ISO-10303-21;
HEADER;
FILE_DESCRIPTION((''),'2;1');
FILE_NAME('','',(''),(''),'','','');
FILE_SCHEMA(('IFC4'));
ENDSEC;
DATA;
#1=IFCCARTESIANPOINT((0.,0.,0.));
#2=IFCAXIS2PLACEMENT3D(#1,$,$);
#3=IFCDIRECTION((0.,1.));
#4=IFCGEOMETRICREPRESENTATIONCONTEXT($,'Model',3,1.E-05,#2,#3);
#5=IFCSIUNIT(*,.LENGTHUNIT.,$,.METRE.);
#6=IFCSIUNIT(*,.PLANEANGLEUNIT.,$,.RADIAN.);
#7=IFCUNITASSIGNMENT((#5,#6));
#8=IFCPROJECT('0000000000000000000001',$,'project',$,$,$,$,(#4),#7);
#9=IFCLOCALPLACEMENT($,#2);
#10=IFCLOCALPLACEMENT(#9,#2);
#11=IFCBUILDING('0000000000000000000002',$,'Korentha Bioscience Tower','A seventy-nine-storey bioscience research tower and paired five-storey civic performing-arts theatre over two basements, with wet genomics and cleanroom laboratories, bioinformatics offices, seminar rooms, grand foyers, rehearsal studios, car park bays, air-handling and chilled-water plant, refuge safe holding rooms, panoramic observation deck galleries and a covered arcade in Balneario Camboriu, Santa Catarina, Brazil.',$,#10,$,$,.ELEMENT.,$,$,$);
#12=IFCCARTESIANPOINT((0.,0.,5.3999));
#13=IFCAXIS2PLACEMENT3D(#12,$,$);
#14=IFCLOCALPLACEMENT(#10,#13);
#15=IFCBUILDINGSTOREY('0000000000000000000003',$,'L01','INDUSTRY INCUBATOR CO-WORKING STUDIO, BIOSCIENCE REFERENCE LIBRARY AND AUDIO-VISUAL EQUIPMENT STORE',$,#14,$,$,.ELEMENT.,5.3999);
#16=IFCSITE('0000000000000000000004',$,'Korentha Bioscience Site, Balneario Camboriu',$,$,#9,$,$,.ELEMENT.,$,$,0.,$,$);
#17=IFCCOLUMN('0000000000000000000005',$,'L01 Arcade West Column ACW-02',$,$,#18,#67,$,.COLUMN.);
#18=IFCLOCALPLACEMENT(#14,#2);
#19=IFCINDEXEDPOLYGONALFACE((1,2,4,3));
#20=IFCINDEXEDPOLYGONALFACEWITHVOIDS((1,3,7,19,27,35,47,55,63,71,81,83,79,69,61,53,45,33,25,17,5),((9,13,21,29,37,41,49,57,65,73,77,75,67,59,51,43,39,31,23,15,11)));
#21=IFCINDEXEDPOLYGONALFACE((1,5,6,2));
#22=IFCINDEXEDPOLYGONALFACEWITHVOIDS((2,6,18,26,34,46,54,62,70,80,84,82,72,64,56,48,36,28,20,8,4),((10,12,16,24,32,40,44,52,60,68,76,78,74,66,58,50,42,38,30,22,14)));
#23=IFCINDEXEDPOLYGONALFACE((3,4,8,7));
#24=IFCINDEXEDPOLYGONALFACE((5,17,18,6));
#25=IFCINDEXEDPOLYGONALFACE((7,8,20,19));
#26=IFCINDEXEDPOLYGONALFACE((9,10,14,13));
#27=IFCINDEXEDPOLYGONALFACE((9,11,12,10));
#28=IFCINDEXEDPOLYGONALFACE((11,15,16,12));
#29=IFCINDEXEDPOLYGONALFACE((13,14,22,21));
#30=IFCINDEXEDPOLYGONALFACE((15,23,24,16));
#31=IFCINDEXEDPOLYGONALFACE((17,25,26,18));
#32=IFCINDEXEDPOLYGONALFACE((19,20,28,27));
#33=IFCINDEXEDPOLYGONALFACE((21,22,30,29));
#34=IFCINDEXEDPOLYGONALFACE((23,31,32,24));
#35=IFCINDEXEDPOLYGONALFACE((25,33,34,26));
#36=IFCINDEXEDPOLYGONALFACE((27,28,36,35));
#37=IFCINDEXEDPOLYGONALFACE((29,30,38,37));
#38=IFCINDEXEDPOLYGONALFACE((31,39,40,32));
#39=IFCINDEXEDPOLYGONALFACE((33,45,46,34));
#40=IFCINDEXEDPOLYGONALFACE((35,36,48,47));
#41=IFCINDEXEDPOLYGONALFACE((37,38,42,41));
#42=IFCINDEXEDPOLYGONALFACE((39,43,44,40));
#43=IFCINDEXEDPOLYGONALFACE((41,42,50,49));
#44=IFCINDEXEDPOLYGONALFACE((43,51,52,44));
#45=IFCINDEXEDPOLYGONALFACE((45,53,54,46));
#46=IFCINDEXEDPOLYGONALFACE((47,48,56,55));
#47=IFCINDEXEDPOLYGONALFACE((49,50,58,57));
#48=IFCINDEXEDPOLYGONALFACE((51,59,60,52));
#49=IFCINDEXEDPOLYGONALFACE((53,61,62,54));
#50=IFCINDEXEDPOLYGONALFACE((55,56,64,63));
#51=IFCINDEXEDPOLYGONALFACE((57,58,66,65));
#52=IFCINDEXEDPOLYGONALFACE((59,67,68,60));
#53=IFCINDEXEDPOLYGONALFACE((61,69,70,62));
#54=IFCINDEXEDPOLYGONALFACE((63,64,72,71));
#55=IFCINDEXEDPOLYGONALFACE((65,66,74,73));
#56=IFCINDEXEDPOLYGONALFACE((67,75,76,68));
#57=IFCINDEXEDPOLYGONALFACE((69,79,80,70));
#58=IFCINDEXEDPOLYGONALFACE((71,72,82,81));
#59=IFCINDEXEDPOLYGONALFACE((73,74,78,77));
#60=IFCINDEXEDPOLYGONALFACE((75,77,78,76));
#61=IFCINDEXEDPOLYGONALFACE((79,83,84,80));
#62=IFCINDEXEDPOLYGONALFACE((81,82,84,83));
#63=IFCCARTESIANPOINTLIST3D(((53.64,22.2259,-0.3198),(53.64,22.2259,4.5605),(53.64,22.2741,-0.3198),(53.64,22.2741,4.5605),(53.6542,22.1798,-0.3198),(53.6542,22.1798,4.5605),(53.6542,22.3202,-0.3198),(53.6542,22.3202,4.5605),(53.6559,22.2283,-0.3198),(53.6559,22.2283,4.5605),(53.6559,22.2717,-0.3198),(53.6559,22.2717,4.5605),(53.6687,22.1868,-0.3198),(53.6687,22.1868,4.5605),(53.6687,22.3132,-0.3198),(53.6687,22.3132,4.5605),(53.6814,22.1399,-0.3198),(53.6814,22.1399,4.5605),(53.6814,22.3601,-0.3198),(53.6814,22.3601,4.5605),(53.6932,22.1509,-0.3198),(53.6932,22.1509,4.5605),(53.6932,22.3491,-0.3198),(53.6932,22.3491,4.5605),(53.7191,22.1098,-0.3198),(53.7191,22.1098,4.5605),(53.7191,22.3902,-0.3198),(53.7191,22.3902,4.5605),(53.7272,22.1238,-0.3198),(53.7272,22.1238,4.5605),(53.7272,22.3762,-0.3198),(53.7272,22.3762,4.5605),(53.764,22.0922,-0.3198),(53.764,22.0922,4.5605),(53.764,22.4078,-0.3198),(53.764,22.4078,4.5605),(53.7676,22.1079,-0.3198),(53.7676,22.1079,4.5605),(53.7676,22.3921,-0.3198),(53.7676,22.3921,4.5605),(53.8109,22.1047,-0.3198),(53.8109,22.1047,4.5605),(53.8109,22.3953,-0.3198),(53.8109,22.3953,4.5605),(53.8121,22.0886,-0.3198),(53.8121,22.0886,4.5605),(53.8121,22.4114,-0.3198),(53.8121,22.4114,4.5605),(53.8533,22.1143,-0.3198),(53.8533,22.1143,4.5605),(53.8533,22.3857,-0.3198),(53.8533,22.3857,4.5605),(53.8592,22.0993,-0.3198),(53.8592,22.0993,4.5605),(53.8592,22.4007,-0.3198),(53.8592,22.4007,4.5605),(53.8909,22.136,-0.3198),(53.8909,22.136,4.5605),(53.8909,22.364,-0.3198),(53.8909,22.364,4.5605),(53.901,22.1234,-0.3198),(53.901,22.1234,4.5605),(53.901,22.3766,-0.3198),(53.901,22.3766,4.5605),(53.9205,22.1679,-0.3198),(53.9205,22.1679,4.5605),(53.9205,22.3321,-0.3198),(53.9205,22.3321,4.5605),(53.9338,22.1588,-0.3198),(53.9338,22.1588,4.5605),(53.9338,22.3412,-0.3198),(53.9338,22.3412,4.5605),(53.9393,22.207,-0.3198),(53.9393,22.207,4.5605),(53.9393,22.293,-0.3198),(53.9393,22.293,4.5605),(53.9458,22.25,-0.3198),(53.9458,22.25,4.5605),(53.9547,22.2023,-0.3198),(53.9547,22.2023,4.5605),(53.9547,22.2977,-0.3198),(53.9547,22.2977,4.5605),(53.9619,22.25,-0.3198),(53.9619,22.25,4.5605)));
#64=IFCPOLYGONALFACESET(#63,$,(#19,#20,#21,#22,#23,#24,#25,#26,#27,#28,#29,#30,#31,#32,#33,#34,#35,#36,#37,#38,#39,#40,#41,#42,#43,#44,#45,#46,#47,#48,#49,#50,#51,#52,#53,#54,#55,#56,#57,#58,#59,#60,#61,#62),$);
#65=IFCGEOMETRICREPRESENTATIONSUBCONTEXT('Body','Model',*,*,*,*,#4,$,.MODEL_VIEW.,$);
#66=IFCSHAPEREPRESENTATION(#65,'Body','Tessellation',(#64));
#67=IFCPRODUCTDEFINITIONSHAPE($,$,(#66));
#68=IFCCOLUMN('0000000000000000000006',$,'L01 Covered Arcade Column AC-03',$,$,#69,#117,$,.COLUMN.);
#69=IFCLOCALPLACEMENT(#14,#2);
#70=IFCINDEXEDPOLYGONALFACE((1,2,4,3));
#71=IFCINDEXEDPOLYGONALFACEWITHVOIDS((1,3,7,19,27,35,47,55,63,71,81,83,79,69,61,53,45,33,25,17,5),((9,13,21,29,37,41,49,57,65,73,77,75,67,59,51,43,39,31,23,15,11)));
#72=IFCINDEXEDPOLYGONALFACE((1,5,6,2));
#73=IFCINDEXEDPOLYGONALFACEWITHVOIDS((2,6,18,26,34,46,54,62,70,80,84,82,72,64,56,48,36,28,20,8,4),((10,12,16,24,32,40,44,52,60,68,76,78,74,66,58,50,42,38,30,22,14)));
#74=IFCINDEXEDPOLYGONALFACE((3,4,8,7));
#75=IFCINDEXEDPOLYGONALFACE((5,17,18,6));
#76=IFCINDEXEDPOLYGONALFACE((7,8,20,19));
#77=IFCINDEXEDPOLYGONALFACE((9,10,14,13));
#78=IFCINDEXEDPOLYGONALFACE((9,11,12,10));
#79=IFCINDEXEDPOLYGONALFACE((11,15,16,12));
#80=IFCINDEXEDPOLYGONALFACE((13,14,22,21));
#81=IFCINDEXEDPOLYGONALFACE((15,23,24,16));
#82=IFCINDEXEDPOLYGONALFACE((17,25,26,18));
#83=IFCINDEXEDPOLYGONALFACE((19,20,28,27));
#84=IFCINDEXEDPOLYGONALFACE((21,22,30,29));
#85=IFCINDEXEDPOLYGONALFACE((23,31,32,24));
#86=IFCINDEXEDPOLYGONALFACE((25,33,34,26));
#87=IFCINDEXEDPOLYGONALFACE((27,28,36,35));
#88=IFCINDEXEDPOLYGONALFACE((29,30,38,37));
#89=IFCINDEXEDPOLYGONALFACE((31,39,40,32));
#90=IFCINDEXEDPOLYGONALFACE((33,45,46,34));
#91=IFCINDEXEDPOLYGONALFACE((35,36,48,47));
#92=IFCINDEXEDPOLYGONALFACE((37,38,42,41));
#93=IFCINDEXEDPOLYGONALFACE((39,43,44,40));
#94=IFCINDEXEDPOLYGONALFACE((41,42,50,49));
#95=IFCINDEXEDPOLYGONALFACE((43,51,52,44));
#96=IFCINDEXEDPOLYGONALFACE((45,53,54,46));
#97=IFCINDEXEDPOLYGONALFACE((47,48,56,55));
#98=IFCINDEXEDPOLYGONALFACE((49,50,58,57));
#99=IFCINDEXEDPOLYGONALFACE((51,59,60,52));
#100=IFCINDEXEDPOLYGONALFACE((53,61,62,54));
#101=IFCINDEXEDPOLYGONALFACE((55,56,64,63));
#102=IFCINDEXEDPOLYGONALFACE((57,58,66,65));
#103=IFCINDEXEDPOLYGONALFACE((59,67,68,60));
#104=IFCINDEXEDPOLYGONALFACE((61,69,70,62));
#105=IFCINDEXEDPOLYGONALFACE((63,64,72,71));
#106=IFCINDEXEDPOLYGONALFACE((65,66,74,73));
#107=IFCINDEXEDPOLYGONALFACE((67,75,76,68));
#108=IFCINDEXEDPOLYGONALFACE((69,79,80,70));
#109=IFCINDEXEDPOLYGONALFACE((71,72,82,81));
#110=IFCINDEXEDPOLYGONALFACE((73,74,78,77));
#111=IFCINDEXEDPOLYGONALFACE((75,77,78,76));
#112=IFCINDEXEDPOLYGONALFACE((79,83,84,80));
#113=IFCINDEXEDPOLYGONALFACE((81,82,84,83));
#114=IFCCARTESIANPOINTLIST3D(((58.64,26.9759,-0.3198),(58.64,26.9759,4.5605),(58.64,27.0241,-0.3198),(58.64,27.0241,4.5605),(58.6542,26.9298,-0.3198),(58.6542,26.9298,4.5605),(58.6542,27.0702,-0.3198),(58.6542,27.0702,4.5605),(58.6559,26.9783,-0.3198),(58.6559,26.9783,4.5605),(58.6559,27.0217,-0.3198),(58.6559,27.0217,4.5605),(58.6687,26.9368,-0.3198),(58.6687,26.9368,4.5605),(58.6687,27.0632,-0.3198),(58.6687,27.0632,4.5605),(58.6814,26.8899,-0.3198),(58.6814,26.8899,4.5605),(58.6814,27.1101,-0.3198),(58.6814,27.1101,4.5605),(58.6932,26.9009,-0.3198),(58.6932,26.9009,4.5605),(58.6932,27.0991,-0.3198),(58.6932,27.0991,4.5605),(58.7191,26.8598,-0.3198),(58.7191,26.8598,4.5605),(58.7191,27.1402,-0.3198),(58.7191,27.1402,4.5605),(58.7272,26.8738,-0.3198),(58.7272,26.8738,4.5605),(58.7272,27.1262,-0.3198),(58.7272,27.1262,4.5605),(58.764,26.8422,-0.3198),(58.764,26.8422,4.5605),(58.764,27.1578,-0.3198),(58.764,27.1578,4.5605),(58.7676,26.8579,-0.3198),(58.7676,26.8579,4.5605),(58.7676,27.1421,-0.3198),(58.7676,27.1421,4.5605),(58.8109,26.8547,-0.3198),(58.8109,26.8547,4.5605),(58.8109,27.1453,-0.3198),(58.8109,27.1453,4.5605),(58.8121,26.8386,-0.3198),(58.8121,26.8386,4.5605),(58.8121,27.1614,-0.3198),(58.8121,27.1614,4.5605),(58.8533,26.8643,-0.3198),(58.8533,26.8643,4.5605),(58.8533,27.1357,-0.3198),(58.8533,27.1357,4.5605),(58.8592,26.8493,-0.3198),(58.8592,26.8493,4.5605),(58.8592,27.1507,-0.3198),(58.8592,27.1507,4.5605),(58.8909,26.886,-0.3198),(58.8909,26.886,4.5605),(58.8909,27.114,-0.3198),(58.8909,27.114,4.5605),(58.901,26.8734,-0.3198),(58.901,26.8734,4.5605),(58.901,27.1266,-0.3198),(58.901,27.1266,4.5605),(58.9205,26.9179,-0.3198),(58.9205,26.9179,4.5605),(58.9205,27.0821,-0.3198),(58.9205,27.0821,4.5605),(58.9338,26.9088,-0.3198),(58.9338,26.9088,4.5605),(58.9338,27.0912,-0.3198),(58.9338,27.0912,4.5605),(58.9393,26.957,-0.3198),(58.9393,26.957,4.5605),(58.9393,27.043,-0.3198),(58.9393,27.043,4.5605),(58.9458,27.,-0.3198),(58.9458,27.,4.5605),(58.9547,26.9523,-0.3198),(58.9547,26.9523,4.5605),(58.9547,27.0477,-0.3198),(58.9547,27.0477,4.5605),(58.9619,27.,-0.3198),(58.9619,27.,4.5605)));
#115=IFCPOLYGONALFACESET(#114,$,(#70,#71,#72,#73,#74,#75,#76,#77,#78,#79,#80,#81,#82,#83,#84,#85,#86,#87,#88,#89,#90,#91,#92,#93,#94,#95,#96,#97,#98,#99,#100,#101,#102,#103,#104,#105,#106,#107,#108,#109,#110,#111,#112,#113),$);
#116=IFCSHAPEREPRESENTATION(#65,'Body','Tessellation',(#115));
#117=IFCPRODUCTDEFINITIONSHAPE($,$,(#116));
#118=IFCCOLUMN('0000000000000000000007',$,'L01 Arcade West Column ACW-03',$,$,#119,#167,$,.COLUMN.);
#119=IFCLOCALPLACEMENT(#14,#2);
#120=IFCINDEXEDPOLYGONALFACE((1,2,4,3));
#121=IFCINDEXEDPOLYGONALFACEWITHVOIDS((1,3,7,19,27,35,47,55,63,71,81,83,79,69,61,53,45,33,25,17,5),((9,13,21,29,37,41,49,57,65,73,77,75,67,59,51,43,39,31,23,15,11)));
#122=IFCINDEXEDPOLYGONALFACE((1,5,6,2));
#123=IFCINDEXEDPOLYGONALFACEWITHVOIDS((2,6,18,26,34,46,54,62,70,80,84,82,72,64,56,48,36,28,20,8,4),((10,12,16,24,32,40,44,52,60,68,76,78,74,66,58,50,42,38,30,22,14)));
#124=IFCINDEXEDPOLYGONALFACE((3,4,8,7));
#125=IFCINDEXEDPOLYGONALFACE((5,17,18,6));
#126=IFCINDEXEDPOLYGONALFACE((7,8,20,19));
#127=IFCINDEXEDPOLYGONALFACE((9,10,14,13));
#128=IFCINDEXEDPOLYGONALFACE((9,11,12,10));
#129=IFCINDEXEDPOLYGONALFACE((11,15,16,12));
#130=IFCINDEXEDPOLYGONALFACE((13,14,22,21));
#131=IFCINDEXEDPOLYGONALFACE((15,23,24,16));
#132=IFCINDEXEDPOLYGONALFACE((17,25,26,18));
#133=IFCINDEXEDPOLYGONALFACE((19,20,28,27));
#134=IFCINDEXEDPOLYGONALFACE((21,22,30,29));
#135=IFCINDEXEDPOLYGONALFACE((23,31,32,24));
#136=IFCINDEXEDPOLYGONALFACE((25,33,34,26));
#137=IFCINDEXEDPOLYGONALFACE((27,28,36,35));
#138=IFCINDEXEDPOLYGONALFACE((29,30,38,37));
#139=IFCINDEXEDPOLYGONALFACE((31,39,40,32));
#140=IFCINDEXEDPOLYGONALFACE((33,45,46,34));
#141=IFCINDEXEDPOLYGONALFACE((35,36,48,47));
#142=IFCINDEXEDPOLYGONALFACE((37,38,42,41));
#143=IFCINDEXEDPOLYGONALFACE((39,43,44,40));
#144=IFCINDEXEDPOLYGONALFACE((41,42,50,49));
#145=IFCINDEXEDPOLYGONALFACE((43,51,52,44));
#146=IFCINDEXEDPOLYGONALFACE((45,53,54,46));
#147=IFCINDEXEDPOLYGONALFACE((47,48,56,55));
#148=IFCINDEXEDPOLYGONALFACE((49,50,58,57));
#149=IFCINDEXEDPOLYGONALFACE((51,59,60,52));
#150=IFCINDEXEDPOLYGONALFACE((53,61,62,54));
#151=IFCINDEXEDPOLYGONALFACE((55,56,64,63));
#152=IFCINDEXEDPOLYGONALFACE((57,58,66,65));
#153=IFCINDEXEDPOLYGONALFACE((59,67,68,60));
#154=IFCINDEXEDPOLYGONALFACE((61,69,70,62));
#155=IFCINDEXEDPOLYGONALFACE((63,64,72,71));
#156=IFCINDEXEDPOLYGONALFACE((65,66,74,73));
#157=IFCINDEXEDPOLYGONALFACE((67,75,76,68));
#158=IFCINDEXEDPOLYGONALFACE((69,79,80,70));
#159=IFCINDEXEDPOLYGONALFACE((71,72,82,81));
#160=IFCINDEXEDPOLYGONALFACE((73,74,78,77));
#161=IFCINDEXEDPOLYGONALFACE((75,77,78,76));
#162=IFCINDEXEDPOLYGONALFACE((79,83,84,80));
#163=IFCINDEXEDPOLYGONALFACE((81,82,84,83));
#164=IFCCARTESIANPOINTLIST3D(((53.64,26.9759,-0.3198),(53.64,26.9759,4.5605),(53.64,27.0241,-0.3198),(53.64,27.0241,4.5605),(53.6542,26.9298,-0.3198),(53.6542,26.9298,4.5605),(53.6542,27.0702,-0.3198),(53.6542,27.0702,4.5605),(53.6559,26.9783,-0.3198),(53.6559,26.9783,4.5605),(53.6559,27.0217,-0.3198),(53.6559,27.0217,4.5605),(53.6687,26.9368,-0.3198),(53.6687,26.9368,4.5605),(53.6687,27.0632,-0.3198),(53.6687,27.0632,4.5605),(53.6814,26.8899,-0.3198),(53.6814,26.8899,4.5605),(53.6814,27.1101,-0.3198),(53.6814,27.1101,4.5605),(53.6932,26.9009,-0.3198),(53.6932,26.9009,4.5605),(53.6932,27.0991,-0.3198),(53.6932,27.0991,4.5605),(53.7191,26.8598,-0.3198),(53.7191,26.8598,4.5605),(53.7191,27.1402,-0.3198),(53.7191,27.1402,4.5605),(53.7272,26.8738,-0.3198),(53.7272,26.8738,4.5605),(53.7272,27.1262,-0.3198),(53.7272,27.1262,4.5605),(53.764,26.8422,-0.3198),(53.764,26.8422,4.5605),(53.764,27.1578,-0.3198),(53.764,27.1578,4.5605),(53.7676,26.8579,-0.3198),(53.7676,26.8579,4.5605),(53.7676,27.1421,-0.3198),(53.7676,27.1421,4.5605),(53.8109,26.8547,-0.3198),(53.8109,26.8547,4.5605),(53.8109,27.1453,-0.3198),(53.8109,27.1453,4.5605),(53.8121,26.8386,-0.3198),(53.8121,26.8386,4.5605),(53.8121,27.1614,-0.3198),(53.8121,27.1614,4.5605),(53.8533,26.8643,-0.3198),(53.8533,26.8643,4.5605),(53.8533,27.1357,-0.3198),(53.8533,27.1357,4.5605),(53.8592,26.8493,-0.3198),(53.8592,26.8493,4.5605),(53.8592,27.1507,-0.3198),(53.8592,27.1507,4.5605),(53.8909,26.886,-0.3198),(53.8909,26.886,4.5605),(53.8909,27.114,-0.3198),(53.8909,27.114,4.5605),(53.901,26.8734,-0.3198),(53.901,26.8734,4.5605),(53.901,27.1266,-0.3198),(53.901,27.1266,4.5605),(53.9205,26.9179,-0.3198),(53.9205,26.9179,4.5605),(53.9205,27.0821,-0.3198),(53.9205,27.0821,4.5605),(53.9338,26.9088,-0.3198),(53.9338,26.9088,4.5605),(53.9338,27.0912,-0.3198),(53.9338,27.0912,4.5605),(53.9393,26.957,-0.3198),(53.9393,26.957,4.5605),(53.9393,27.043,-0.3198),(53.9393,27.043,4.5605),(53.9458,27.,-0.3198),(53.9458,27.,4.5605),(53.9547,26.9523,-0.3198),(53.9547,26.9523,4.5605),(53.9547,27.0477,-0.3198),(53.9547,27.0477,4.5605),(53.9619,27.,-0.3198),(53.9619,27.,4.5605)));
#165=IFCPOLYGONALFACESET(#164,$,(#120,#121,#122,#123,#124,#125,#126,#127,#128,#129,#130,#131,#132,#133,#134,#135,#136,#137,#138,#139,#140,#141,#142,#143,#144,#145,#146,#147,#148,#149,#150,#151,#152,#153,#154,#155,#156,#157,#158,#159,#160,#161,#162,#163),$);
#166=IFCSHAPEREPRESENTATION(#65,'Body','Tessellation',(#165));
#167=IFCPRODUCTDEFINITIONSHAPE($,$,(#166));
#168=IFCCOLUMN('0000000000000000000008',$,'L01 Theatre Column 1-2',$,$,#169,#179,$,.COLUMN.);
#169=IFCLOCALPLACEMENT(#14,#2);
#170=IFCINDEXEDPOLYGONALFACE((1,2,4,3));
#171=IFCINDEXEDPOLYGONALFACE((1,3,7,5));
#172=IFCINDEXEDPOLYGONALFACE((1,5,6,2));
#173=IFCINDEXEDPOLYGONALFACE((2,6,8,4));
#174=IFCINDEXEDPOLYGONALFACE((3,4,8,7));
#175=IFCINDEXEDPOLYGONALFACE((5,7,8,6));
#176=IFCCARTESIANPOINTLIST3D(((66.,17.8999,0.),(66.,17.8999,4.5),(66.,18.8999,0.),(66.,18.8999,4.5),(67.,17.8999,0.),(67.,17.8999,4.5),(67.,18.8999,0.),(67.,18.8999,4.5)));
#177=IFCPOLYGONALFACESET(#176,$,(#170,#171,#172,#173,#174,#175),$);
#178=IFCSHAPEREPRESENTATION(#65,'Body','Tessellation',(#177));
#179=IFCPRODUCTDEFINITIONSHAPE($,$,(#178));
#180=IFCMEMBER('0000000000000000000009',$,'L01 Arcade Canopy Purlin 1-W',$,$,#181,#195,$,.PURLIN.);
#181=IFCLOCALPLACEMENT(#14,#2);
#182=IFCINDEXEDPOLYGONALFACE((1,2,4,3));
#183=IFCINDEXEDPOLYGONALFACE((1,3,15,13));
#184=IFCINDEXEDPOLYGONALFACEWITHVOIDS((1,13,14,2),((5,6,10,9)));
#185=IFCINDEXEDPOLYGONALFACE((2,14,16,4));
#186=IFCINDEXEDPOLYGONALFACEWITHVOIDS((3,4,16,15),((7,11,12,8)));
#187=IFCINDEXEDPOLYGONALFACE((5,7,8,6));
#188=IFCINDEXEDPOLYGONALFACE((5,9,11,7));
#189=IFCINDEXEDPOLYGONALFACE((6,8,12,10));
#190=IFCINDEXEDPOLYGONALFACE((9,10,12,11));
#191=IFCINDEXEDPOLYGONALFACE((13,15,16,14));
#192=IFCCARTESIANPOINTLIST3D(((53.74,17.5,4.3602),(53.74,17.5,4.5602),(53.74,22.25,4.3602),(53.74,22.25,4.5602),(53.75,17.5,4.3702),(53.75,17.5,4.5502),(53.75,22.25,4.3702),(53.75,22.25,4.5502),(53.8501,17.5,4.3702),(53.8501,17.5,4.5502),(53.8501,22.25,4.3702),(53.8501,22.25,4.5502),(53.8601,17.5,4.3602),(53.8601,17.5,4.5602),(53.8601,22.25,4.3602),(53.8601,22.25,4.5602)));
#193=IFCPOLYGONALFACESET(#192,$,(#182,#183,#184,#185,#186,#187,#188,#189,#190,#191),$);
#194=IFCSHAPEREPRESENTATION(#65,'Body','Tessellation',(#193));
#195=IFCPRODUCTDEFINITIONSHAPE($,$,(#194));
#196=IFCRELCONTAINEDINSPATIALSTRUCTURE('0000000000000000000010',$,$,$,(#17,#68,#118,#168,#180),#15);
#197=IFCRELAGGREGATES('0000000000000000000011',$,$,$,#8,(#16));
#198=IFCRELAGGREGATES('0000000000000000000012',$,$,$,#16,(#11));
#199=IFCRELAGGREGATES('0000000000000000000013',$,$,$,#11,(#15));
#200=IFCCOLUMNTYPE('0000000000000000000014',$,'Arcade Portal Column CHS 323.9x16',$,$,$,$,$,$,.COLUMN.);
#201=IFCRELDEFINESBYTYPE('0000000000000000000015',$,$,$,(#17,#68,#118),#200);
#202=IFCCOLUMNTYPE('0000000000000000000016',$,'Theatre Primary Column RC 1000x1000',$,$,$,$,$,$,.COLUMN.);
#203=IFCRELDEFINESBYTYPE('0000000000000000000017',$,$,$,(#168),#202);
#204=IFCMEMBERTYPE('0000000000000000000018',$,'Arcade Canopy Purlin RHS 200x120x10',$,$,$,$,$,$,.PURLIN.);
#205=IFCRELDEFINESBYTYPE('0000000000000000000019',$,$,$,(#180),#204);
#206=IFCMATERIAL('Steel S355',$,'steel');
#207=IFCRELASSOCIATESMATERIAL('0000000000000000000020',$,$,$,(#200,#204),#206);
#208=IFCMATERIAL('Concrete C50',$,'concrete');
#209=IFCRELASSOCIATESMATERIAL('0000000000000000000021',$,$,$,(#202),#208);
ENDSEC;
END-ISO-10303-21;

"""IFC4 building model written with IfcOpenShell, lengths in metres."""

from ifc_helpers import new_model, si_unit, direction, frame, origin, origin_2d, place, context, subcontext, project, spatial, rectangle, hollow_rectangle, hollow_circle, extrude, material, material_profile, profile_set, type_object, element, save


model = new_model("IFC4")

# Units and contexts
model_context = context("Model", 3, precision=1e-05, world=origin(), true_north=direction((0.0, 1.0)))
body_context = subcontext(model_context, "Body", "Model", "MODEL_VIEW")
ifc_project = project(units=[si_unit("LENGTHUNIT", "METRE"), si_unit("PLANEANGLEUNIT", "RADIAN")], contexts=[model_context])

# Site, building, storey
site_placement = place(None, origin())
site = spatial("IfcSite", under=ifc_project, at=site_placement, Name="Korentha Bioscience Site, Balneario Camboriu", CompositionType="ELEMENT", RefElevation=0.0)
building_placement = place(site_placement, origin())
building = spatial("IfcBuilding", under=site, at=building_placement, Name="Korentha Bioscience Tower", Description="A seventy-nine-storey bioscience research tower and paired five-storey civic performing-arts theatre over two basements, with wet genomics and cleanroom laboratories, bioinformatics offices, seminar rooms, grand foyers, rehearsal studios, car park bays, air-handling and chilled-water plant, refuge safe holding rooms, panoramic observation deck galleries and a covered arcade in Balneario Camboriu, Santa Catarina, Brazil.", CompositionType="ELEMENT")
storey_placement = place(building_placement, frame((0.0, 0.0, 5.3999)))
storey = spatial("IfcBuildingStorey", under=building, at=storey_placement, Name="L01", Description="INDUSTRY INCUBATOR CO-WORKING STUDIO, BIOSCIENCE REFERENCE LIBRARY AND AUDIO-VISUAL EQUIPMENT STORE", CompositionType="ELEMENT", Elevation=5.3999)

# Columns
ifc_material_1 = material(Name="Steel S355", Category="steel")
ifc_material_profile_1 = material_profile(ifc_material_1, hollow_circle(Radius=0.1619, WallThickness=0.0161, at=origin_2d()), Name="Steel S355")
ifc_profile_set_1 = profile_set([ifc_material_profile_1], Name="Steel S355 (AC-01)")
column_type_1 = type_object("IfcColumnType", Name="Arcade Portal Column CHS 323.9x16", PredefinedType="COLUMN", material=ifc_profile_set_1)
for number, where, z_axis, x_axis, name in (
    (1, (53.8, 22.25, -0.3198), (0.0, 0.0, 1.0), (1.0, 0.0, 0.0), "L01 Arcade West Column ACW-02"),
    (2, (58.8, 27.0, -0.3198), (0.0, 0.0, 1.0), (1.0, 0.0, 0.0), "L01 Covered Arcade Column AC-03"),
    (3, (53.8, 27.0, -0.3198), (0.0, 0.0, 1.0), (1.0, 0.0, 0.0), "L01 Arcade West Column ACW-03"),
):
    element("IfcColumn", number, at=place(storey_placement, frame(where, z_axis=z_axis, x_axis=x_axis)), inside=storey, type_object=column_type_1, Name=name, PredefinedType="COLUMN", context=body_context, shape_type="SweptSolid", body=[
        extrude(hollow_circle(Radius=0.1619, WallThickness=0.0161, at=origin_2d()), origin(), (0.0, 0.0, 1.0), 4.8804),
    ])
ifc_material_2 = material(Name="Concrete C50", Category="concrete")
ifc_material_profile_2 = material_profile(ifc_material_2, rectangle(XDim=1.0, YDim=1.0, at=origin_2d()), Name="Concrete C50")
ifc_profile_set_2 = profile_set([ifc_material_profile_2], Name="Concrete C50 (TC-01)")
column_type_2 = type_object("IfcColumnType", Name="Theatre Primary Column RC 1000x1000", PredefinedType="COLUMN", material=ifc_profile_set_2)
column_placement = place(storey_placement, frame((66.5, 18.3999, 0.0), z_axis=(0.0, 0.0, 1.0), x_axis=(1.0, 0.0, 0.0)))
element("IfcColumn", 4, at=column_placement, inside=storey, type_object=column_type_2, Name="L01 Theatre Column 1-2", PredefinedType="COLUMN", context=body_context, shape_type="SweptSolid", body=[
    extrude(rectangle(XDim=1.0, YDim=1.0, at=origin_2d()), origin(), (0.0, 0.0, 1.0), 4.5),
])

# Member
ifc_material_profile_3 = material_profile(ifc_material_1, hollow_rectangle(XDim=0.1201, YDim=0.2, WallThickness=0.01, at=origin_2d()), Name="Steel S355")
ifc_profile_set_3 = profile_set([ifc_material_profile_3], Name="Steel S355 (AC-P200)")
member_type_1 = type_object("IfcMemberType", Name="Arcade Canopy Purlin RHS 200x120x10", PredefinedType="PURLIN", material=ifc_profile_set_3)
for number, where, z_axis, x_axis, name in (
    (5, (53.8, 17.5, 4.4602), (0.0, 1.0, 0.0), (-1.0, 0.0, 0.0), "L01 Arcade Canopy Purlin 1-W"),
):
    element("IfcMember", number, at=place(storey_placement, frame(where, z_axis=z_axis, x_axis=x_axis)), inside=storey, type_object=member_type_1, Name=name, PredefinedType="PURLIN", context=body_context, shape_type="SweptSolid", body=[
        extrude(hollow_rectangle(XDim=0.1201, YDim=0.2, WallThickness=0.01, at=origin_2d()), origin(), (0.0, 0.0, 1.0), 4.75),
    ])

save(model, "model.ifc")
